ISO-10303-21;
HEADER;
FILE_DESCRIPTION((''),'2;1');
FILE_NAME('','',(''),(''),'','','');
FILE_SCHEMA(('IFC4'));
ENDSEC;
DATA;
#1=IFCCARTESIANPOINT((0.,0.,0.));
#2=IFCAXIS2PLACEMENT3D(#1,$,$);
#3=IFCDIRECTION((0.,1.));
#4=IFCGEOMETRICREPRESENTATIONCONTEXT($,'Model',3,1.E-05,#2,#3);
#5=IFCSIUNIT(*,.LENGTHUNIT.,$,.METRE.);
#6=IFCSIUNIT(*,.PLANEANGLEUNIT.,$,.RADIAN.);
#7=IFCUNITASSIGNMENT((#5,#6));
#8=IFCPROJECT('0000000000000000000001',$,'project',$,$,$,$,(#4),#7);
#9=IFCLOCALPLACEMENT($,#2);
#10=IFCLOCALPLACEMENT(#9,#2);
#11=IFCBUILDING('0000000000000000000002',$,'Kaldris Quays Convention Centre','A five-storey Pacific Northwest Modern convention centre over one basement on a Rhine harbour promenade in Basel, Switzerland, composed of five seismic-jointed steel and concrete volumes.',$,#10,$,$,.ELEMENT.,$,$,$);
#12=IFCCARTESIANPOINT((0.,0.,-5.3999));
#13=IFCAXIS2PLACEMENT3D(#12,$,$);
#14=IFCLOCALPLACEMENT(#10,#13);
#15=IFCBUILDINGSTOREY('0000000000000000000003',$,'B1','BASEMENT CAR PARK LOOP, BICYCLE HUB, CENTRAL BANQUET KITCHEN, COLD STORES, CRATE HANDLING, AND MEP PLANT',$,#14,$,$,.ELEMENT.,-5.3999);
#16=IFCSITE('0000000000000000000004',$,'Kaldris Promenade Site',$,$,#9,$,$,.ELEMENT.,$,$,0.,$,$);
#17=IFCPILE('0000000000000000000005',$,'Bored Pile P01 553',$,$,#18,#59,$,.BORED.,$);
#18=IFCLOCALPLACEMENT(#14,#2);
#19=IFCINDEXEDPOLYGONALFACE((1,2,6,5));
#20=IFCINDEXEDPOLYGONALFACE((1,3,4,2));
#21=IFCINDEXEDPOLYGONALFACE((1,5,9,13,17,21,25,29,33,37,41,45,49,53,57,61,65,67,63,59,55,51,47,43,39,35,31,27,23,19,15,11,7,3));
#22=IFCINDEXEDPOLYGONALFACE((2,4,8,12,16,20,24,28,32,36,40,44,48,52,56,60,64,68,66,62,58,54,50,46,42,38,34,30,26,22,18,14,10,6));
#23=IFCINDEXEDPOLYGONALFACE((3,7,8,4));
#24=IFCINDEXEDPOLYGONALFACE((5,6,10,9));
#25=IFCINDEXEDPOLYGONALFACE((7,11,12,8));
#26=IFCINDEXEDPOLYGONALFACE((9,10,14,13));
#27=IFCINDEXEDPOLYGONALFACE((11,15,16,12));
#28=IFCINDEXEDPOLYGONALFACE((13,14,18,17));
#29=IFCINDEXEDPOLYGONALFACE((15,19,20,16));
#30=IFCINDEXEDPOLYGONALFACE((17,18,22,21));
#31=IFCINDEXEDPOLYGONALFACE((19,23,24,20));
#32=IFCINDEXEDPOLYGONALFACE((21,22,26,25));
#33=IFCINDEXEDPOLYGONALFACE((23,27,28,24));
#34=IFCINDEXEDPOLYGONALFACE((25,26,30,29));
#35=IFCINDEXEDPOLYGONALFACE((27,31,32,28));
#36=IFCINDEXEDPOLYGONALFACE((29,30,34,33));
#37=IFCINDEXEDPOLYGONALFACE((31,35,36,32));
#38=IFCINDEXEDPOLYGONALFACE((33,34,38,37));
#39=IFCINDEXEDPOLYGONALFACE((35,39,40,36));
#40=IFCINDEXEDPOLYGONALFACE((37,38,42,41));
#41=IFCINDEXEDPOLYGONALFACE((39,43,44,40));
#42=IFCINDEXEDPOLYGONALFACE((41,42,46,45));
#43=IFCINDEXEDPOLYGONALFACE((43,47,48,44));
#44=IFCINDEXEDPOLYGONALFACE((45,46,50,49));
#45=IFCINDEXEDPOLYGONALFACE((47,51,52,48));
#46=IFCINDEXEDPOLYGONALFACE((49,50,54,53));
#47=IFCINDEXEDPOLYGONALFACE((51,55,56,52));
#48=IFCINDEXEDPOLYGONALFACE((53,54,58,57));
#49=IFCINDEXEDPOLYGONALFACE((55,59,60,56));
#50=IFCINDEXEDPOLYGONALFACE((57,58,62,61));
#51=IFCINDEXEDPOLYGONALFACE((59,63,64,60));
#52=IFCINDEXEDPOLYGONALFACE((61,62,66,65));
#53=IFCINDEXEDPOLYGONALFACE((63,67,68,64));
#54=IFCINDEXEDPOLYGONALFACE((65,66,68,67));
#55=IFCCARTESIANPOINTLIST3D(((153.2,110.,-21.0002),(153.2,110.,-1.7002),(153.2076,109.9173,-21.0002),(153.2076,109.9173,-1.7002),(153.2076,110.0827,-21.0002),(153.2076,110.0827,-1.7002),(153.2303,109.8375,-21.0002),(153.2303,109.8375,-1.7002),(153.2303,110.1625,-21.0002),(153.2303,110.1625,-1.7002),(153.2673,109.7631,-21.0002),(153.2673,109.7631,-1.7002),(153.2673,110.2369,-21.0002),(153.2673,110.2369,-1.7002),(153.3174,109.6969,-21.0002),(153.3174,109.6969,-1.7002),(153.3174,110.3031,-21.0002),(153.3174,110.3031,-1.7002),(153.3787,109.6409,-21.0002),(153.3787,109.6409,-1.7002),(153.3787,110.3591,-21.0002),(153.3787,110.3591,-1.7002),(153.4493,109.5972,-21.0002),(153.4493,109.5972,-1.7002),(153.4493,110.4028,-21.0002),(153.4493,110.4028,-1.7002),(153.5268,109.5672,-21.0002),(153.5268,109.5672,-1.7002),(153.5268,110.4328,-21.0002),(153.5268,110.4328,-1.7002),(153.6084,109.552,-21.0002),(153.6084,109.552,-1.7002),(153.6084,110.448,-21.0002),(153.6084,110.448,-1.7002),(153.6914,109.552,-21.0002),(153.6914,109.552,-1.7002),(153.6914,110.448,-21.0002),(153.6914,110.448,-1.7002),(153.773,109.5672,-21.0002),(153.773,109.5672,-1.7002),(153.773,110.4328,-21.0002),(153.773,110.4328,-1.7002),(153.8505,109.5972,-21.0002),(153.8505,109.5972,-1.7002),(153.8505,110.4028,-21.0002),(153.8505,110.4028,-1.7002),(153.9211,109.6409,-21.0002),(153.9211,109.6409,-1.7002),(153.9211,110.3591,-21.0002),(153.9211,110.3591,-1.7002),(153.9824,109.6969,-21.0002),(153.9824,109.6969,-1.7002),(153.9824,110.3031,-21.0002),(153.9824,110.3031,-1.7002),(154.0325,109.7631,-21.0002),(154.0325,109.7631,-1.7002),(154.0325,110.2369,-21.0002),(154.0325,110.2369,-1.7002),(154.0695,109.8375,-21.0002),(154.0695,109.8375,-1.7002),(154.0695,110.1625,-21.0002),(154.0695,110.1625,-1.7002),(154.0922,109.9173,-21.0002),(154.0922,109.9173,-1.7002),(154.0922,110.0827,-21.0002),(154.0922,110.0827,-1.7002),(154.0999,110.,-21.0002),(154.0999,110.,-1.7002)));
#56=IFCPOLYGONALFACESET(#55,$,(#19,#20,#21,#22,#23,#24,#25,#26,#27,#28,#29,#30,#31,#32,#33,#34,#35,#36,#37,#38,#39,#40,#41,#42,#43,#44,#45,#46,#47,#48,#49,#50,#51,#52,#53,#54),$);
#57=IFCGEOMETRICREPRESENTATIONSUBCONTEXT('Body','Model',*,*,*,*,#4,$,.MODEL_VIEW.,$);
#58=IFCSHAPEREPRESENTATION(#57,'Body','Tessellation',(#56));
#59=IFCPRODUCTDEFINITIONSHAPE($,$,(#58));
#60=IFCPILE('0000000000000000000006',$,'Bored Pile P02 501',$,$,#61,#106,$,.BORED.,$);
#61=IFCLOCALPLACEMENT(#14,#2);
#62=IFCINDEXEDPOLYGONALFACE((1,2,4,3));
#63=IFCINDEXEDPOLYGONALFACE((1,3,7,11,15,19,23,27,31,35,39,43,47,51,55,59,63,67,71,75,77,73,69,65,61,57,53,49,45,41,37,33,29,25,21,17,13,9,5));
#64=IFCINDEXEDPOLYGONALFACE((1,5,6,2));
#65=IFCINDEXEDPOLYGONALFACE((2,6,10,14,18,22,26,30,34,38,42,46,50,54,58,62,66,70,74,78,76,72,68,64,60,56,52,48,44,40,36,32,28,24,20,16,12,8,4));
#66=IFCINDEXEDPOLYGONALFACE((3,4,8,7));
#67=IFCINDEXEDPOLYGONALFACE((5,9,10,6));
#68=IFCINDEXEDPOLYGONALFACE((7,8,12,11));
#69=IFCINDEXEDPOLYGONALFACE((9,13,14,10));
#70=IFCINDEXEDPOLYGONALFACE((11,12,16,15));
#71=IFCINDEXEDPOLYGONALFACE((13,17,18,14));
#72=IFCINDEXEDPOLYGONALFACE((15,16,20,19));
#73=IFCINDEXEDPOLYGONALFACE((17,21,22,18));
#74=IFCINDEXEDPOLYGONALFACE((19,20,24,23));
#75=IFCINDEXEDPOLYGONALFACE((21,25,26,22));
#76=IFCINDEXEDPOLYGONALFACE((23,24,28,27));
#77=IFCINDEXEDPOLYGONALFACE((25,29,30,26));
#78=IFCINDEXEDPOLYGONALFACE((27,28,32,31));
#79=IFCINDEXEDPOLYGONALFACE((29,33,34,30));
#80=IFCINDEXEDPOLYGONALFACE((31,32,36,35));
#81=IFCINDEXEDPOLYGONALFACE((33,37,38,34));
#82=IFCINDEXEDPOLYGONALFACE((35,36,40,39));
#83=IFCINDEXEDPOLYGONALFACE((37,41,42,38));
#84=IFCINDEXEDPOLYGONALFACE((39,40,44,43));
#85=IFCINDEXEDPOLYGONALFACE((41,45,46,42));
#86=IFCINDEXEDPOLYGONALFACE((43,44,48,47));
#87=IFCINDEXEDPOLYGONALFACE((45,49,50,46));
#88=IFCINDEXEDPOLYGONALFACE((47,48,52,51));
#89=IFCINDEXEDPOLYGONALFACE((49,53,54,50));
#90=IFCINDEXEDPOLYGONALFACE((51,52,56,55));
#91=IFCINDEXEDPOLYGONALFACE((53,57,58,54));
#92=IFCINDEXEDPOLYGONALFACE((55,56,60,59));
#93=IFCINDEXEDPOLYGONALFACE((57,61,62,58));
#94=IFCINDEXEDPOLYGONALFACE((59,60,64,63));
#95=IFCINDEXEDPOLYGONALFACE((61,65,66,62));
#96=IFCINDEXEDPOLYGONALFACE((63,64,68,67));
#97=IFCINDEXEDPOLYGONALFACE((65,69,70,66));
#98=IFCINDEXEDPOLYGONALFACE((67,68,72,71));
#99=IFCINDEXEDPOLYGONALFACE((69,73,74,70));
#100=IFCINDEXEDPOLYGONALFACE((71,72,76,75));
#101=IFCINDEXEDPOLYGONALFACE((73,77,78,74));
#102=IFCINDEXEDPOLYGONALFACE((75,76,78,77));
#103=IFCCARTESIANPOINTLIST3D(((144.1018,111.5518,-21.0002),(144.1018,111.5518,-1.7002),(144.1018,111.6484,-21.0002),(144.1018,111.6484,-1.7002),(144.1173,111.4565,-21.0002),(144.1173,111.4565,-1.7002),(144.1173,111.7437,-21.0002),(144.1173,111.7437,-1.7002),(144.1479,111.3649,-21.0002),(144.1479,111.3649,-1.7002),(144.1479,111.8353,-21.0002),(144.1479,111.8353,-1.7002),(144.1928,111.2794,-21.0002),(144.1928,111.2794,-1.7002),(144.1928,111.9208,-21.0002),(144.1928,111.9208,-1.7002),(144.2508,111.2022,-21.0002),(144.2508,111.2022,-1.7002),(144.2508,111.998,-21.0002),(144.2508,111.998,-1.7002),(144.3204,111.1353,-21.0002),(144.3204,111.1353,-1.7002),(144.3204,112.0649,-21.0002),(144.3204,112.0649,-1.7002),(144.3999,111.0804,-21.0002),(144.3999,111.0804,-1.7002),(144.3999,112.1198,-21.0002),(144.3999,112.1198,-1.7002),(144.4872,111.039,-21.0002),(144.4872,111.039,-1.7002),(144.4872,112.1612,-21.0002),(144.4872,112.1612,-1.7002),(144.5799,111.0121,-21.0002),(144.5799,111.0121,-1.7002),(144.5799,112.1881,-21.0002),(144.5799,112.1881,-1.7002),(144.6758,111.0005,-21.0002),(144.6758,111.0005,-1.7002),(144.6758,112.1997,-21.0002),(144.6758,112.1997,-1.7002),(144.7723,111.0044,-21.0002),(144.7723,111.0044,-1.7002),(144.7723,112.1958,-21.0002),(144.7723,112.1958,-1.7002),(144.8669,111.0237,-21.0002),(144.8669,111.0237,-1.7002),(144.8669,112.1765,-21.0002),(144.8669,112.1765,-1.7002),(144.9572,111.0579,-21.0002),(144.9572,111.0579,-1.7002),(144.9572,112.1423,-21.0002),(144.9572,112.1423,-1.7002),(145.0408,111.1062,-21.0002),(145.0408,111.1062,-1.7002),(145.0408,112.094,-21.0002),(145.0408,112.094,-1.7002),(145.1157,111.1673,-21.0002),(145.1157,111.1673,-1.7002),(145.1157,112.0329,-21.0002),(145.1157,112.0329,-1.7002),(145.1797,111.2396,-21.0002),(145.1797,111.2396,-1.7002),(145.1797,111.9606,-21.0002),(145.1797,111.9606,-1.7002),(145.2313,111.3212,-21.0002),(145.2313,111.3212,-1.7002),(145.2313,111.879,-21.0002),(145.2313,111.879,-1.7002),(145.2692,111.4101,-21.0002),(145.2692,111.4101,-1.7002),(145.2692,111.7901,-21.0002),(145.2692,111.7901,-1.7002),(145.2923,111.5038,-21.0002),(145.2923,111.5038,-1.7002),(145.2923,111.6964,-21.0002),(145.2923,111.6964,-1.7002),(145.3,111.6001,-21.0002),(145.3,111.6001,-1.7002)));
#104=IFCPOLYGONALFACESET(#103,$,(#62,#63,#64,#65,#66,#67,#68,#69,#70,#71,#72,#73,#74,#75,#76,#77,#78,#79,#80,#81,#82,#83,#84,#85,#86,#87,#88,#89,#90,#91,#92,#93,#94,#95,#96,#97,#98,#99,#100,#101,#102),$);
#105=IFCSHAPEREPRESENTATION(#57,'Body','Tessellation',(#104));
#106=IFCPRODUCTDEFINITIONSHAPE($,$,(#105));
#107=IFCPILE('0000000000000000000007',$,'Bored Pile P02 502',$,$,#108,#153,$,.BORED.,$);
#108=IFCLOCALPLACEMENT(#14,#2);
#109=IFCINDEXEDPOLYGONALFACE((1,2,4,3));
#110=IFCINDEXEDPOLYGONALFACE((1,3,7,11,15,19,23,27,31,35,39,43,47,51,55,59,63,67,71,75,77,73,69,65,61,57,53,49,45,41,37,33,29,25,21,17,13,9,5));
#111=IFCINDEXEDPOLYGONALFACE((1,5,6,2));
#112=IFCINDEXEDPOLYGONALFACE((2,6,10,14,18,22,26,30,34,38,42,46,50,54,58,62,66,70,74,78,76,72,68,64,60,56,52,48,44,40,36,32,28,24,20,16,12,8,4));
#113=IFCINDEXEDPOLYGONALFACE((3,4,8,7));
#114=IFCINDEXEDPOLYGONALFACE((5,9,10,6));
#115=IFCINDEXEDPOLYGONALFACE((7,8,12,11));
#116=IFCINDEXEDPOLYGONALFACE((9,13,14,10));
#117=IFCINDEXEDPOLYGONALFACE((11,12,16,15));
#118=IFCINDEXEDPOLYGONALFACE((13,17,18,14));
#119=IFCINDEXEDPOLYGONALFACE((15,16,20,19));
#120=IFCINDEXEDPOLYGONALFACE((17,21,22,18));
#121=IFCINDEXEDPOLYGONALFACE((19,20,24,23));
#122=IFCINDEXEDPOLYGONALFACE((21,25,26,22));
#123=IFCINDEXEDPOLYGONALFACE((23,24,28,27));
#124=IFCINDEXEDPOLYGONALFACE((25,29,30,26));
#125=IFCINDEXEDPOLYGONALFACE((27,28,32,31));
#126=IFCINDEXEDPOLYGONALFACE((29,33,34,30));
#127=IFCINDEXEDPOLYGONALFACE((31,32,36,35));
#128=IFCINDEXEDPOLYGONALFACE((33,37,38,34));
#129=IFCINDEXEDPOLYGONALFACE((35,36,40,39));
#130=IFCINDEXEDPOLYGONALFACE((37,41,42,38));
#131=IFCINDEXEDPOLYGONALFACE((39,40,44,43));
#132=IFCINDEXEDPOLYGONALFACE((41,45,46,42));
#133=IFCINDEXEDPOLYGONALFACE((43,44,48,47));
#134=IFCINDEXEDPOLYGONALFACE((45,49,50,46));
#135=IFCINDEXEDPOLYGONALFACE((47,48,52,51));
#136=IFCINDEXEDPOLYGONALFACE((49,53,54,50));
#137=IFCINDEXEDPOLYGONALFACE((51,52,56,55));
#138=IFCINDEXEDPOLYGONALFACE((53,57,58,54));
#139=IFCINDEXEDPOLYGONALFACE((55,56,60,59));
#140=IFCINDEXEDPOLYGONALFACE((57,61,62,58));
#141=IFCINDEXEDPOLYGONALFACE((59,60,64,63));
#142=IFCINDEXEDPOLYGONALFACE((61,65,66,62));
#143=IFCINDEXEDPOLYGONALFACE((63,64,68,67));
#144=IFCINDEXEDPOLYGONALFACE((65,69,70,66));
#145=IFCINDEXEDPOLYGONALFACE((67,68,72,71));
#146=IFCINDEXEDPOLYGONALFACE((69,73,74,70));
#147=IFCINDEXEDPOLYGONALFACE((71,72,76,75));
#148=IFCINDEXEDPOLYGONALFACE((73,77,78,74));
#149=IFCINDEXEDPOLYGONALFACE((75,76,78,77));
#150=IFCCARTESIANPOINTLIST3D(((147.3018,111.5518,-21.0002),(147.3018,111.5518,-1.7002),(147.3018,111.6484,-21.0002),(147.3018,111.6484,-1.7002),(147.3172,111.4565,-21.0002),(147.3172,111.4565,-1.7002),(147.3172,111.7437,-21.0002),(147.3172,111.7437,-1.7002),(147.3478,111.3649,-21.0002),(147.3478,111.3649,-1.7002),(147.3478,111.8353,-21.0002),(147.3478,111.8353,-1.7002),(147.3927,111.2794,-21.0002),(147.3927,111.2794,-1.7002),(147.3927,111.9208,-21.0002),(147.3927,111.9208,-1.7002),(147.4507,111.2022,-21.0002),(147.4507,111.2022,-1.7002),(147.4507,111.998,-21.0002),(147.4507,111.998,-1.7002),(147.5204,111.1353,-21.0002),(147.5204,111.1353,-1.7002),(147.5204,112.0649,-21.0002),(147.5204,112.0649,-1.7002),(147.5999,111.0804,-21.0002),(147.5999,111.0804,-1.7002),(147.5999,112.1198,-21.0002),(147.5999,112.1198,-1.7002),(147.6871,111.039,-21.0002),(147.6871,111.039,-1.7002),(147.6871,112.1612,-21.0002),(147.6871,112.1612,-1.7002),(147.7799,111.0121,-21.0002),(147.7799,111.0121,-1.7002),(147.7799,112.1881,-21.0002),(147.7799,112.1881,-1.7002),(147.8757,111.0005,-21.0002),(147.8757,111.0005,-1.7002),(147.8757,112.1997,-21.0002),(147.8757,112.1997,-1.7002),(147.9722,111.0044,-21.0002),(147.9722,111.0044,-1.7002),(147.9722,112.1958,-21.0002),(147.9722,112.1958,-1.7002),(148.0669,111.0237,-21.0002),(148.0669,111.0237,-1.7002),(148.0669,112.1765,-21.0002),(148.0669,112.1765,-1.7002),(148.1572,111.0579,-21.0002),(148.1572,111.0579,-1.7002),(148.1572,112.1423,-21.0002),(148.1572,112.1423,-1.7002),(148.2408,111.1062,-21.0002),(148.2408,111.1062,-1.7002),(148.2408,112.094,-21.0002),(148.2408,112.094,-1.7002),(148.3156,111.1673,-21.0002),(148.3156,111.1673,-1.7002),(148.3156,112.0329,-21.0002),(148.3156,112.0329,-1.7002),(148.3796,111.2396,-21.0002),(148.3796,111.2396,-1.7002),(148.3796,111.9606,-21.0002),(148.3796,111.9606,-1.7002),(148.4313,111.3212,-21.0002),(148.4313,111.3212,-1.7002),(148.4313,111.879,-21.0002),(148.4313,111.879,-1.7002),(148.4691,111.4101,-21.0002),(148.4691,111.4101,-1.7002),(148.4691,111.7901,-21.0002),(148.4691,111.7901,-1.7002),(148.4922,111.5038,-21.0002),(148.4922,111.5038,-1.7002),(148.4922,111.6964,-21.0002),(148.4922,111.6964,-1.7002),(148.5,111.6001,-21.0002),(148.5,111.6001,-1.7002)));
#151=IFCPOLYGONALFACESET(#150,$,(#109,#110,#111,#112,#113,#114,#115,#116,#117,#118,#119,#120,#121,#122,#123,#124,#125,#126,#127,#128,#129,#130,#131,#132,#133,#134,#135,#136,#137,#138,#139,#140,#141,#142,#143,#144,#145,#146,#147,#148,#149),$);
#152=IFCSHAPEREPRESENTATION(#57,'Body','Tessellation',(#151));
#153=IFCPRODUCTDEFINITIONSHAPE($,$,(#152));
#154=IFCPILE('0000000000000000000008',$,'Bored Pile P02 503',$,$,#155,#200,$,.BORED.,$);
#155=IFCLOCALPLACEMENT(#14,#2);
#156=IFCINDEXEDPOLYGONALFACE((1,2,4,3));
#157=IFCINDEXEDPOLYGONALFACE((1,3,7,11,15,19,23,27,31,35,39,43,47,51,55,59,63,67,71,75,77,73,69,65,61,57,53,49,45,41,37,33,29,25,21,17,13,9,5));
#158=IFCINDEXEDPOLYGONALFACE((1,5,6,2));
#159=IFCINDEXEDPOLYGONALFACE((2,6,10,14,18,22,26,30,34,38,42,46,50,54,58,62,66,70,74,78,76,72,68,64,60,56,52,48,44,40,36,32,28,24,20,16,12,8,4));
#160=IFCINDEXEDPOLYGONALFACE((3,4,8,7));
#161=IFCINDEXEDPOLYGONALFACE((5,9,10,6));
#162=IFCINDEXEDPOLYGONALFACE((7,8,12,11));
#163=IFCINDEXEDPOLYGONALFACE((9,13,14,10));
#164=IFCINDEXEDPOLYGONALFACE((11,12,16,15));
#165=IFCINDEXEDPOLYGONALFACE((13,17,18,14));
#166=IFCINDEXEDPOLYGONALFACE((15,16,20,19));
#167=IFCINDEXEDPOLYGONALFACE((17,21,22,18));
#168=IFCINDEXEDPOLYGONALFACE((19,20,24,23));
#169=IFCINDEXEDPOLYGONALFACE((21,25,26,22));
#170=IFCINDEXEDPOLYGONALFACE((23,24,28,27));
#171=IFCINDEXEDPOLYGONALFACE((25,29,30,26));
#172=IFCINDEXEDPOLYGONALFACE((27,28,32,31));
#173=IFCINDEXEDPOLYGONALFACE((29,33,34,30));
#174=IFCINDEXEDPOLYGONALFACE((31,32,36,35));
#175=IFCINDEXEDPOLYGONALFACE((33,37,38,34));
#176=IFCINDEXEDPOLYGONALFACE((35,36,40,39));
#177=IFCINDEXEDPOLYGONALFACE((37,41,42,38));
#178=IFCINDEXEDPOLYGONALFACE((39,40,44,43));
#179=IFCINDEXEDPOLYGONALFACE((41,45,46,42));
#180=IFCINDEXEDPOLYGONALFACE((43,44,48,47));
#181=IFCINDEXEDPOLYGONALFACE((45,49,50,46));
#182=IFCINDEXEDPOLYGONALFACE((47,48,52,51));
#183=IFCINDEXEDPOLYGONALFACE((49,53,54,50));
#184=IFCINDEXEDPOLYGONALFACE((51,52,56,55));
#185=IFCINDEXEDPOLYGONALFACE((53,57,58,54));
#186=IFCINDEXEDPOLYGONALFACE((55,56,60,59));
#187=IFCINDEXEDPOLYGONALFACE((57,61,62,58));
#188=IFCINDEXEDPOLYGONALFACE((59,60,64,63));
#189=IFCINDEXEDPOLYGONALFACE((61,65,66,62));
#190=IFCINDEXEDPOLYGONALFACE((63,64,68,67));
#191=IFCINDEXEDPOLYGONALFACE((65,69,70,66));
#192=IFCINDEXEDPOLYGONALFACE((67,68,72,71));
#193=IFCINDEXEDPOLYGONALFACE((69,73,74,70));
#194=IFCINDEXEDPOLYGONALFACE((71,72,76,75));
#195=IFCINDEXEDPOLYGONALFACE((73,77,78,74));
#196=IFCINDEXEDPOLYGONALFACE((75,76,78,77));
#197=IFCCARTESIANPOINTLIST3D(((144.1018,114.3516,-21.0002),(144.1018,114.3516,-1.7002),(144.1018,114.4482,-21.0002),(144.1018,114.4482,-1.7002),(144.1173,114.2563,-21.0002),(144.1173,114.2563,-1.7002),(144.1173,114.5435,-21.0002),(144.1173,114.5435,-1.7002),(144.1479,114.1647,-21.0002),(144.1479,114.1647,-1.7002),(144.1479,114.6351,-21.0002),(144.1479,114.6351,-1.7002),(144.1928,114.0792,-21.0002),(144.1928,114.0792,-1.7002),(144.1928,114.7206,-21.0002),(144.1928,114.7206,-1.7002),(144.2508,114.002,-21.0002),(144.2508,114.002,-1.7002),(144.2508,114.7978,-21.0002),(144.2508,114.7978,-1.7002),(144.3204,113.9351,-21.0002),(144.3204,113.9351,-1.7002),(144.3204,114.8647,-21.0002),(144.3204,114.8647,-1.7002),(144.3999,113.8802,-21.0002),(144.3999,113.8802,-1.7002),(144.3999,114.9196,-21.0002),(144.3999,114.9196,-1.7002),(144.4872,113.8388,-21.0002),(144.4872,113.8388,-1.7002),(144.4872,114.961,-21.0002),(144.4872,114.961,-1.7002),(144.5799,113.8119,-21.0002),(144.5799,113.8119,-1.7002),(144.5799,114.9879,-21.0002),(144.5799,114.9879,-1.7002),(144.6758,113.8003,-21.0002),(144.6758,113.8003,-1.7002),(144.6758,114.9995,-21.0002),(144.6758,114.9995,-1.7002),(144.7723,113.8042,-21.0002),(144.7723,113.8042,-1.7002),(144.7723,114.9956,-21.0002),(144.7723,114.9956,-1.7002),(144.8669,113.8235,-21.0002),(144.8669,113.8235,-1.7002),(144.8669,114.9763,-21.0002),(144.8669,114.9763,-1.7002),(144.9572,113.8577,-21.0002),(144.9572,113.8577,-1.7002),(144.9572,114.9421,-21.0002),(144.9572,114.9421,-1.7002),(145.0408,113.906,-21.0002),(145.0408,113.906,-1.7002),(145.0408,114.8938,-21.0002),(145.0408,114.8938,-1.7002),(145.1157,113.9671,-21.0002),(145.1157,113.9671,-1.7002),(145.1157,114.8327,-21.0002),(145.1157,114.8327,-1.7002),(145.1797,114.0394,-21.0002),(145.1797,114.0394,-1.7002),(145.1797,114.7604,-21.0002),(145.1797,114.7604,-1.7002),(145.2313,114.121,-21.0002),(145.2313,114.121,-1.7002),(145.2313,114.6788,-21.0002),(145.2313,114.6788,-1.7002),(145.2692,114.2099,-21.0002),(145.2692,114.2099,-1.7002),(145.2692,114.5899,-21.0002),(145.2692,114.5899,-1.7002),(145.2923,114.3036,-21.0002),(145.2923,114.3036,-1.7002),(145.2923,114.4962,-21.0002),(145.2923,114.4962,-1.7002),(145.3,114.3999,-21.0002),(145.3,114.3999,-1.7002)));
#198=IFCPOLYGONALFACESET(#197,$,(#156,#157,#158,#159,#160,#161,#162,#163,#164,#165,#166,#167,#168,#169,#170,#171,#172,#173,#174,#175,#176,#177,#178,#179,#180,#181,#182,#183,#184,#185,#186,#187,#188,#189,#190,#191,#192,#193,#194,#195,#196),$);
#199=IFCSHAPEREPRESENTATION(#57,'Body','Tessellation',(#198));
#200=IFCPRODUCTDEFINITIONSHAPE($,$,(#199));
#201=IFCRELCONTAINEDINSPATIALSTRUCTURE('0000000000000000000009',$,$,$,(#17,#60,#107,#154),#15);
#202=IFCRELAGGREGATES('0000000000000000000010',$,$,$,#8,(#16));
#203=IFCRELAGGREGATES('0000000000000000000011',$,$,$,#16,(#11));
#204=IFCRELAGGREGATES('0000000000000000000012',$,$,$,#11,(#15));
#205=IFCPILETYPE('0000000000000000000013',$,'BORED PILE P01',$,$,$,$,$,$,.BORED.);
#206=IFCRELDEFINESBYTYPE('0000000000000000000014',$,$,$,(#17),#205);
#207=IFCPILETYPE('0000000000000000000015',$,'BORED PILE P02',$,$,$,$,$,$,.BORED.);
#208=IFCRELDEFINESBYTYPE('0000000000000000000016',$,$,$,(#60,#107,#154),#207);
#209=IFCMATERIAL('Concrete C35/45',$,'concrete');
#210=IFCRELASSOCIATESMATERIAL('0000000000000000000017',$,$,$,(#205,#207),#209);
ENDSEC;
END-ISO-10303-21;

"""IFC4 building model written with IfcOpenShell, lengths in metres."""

from ifc_helpers import new_model, si_unit, direction, frame, origin, origin_2d, place, context, subcontext, project, spatial, circle, extrude, material, material_profile, profile_set, type_object, element, save


model = new_model("IFC4")

# Units and contexts
model_context = context("Model", 3, precision=1e-05, world=origin(), true_north=direction((0.0, 1.0)))
body_context = subcontext(model_context, "Body", "Model", "MODEL_VIEW")
ifc_project = project(units=[si_unit("LENGTHUNIT", "METRE"), si_unit("PLANEANGLEUNIT", "RADIAN")], contexts=[model_context])

# Site, building, storey
site_placement = place(None, origin())
site = spatial("IfcSite", under=ifc_project, at=site_placement, Name="Kaldris Promenade Site", CompositionType="ELEMENT", RefElevation=0.0)
building_placement = place(site_placement, origin())
building = spatial("IfcBuilding", under=site, at=building_placement, Name="Kaldris Quays Convention Centre", Description="A five-storey Pacific Northwest Modern convention centre over one basement on a Rhine harbour promenade in Basel, Switzerland, composed of five seismic-jointed steel and concrete volumes.", CompositionType="ELEMENT")
storey_placement = place(building_placement, frame((0.0, 0.0, -5.3999)))
storey = spatial("IfcBuildingStorey", under=building, at=storey_placement, Name="B1", Description="BASEMENT CAR PARK LOOP, BICYCLE HUB, CENTRAL BANQUET KITCHEN, COLD STORES, CRATE HANDLING, AND MEP PLANT", CompositionType="ELEMENT", Elevation=-5.3999)

# Piles
ifc_material_1 = material(Name="Concrete C35/45", Category="concrete")
ifc_material_profile_1 = material_profile(ifc_material_1, circle(Radius=0.45, at=origin_2d()), Name="BORED PILE D900")
ifc_profile_set_1 = profile_set([ifc_material_profile_1], Name="Concrete C35/45")
pile_type_1 = type_object("IfcPileType", Name="BORED PILE P01", PredefinedType="BORED", material=ifc_profile_set_1)
pile_placement = place(storey_placement, frame((153.6499, 110.0, -1.7002), z_axis=(0.0, 0.0, -1.0), x_axis=(1.0, 0.0, 0.0)))
element("IfcPile", 1, at=pile_placement, inside=storey, type_object=pile_type_1, Name="Bored Pile P01 553", PredefinedType="BORED", context=body_context, shape_type="SweptSolid", body=[
    extrude(circle(Radius=0.45, at=origin_2d()), origin(), (0.0, 0.0, 1.0), 19.3),
])
ifc_material_profile_2 = material_profile(ifc_material_1, circle(Radius=0.6001, at=origin_2d()), Name="BORED PILE D1200")
ifc_profile_set_2 = profile_set([ifc_material_profile_2], Name="Concrete C35/45")
pile_type_2 = type_object("IfcPileType", Name="BORED PILE P02", PredefinedType="BORED", material=ifc_profile_set_2)
for number, where, z_axis, x_axis, name in (
    (2, (144.7, 111.6001, -1.7002), (0.0, 0.0, -1.0), (1.0, 0.0, 0.0), "Bored Pile P02 501"),
    (3, (147.8999, 111.6001, -1.7002), (0.0, 0.0, -1.0), (1.0, 0.0, 0.0), "Bored Pile P02 502"),
    (4, (144.7, 114.3999, -1.7002), (0.0, 0.0, -1.0), (1.0, 0.0, 0.0), "Bored Pile P02 503"),
):
    element("IfcPile", number, at=place(storey_placement, frame(where, z_axis=z_axis, x_axis=x_axis)), inside=storey, type_object=pile_type_2, Name=name, PredefinedType="BORED", context=body_context, shape_type="SweptSolid", body=[
        extrude(circle(Radius=0.6001, at=origin_2d()), origin(), (0.0, 0.0, 1.0), 19.3),
    ])

save(model, "model.ifc")
